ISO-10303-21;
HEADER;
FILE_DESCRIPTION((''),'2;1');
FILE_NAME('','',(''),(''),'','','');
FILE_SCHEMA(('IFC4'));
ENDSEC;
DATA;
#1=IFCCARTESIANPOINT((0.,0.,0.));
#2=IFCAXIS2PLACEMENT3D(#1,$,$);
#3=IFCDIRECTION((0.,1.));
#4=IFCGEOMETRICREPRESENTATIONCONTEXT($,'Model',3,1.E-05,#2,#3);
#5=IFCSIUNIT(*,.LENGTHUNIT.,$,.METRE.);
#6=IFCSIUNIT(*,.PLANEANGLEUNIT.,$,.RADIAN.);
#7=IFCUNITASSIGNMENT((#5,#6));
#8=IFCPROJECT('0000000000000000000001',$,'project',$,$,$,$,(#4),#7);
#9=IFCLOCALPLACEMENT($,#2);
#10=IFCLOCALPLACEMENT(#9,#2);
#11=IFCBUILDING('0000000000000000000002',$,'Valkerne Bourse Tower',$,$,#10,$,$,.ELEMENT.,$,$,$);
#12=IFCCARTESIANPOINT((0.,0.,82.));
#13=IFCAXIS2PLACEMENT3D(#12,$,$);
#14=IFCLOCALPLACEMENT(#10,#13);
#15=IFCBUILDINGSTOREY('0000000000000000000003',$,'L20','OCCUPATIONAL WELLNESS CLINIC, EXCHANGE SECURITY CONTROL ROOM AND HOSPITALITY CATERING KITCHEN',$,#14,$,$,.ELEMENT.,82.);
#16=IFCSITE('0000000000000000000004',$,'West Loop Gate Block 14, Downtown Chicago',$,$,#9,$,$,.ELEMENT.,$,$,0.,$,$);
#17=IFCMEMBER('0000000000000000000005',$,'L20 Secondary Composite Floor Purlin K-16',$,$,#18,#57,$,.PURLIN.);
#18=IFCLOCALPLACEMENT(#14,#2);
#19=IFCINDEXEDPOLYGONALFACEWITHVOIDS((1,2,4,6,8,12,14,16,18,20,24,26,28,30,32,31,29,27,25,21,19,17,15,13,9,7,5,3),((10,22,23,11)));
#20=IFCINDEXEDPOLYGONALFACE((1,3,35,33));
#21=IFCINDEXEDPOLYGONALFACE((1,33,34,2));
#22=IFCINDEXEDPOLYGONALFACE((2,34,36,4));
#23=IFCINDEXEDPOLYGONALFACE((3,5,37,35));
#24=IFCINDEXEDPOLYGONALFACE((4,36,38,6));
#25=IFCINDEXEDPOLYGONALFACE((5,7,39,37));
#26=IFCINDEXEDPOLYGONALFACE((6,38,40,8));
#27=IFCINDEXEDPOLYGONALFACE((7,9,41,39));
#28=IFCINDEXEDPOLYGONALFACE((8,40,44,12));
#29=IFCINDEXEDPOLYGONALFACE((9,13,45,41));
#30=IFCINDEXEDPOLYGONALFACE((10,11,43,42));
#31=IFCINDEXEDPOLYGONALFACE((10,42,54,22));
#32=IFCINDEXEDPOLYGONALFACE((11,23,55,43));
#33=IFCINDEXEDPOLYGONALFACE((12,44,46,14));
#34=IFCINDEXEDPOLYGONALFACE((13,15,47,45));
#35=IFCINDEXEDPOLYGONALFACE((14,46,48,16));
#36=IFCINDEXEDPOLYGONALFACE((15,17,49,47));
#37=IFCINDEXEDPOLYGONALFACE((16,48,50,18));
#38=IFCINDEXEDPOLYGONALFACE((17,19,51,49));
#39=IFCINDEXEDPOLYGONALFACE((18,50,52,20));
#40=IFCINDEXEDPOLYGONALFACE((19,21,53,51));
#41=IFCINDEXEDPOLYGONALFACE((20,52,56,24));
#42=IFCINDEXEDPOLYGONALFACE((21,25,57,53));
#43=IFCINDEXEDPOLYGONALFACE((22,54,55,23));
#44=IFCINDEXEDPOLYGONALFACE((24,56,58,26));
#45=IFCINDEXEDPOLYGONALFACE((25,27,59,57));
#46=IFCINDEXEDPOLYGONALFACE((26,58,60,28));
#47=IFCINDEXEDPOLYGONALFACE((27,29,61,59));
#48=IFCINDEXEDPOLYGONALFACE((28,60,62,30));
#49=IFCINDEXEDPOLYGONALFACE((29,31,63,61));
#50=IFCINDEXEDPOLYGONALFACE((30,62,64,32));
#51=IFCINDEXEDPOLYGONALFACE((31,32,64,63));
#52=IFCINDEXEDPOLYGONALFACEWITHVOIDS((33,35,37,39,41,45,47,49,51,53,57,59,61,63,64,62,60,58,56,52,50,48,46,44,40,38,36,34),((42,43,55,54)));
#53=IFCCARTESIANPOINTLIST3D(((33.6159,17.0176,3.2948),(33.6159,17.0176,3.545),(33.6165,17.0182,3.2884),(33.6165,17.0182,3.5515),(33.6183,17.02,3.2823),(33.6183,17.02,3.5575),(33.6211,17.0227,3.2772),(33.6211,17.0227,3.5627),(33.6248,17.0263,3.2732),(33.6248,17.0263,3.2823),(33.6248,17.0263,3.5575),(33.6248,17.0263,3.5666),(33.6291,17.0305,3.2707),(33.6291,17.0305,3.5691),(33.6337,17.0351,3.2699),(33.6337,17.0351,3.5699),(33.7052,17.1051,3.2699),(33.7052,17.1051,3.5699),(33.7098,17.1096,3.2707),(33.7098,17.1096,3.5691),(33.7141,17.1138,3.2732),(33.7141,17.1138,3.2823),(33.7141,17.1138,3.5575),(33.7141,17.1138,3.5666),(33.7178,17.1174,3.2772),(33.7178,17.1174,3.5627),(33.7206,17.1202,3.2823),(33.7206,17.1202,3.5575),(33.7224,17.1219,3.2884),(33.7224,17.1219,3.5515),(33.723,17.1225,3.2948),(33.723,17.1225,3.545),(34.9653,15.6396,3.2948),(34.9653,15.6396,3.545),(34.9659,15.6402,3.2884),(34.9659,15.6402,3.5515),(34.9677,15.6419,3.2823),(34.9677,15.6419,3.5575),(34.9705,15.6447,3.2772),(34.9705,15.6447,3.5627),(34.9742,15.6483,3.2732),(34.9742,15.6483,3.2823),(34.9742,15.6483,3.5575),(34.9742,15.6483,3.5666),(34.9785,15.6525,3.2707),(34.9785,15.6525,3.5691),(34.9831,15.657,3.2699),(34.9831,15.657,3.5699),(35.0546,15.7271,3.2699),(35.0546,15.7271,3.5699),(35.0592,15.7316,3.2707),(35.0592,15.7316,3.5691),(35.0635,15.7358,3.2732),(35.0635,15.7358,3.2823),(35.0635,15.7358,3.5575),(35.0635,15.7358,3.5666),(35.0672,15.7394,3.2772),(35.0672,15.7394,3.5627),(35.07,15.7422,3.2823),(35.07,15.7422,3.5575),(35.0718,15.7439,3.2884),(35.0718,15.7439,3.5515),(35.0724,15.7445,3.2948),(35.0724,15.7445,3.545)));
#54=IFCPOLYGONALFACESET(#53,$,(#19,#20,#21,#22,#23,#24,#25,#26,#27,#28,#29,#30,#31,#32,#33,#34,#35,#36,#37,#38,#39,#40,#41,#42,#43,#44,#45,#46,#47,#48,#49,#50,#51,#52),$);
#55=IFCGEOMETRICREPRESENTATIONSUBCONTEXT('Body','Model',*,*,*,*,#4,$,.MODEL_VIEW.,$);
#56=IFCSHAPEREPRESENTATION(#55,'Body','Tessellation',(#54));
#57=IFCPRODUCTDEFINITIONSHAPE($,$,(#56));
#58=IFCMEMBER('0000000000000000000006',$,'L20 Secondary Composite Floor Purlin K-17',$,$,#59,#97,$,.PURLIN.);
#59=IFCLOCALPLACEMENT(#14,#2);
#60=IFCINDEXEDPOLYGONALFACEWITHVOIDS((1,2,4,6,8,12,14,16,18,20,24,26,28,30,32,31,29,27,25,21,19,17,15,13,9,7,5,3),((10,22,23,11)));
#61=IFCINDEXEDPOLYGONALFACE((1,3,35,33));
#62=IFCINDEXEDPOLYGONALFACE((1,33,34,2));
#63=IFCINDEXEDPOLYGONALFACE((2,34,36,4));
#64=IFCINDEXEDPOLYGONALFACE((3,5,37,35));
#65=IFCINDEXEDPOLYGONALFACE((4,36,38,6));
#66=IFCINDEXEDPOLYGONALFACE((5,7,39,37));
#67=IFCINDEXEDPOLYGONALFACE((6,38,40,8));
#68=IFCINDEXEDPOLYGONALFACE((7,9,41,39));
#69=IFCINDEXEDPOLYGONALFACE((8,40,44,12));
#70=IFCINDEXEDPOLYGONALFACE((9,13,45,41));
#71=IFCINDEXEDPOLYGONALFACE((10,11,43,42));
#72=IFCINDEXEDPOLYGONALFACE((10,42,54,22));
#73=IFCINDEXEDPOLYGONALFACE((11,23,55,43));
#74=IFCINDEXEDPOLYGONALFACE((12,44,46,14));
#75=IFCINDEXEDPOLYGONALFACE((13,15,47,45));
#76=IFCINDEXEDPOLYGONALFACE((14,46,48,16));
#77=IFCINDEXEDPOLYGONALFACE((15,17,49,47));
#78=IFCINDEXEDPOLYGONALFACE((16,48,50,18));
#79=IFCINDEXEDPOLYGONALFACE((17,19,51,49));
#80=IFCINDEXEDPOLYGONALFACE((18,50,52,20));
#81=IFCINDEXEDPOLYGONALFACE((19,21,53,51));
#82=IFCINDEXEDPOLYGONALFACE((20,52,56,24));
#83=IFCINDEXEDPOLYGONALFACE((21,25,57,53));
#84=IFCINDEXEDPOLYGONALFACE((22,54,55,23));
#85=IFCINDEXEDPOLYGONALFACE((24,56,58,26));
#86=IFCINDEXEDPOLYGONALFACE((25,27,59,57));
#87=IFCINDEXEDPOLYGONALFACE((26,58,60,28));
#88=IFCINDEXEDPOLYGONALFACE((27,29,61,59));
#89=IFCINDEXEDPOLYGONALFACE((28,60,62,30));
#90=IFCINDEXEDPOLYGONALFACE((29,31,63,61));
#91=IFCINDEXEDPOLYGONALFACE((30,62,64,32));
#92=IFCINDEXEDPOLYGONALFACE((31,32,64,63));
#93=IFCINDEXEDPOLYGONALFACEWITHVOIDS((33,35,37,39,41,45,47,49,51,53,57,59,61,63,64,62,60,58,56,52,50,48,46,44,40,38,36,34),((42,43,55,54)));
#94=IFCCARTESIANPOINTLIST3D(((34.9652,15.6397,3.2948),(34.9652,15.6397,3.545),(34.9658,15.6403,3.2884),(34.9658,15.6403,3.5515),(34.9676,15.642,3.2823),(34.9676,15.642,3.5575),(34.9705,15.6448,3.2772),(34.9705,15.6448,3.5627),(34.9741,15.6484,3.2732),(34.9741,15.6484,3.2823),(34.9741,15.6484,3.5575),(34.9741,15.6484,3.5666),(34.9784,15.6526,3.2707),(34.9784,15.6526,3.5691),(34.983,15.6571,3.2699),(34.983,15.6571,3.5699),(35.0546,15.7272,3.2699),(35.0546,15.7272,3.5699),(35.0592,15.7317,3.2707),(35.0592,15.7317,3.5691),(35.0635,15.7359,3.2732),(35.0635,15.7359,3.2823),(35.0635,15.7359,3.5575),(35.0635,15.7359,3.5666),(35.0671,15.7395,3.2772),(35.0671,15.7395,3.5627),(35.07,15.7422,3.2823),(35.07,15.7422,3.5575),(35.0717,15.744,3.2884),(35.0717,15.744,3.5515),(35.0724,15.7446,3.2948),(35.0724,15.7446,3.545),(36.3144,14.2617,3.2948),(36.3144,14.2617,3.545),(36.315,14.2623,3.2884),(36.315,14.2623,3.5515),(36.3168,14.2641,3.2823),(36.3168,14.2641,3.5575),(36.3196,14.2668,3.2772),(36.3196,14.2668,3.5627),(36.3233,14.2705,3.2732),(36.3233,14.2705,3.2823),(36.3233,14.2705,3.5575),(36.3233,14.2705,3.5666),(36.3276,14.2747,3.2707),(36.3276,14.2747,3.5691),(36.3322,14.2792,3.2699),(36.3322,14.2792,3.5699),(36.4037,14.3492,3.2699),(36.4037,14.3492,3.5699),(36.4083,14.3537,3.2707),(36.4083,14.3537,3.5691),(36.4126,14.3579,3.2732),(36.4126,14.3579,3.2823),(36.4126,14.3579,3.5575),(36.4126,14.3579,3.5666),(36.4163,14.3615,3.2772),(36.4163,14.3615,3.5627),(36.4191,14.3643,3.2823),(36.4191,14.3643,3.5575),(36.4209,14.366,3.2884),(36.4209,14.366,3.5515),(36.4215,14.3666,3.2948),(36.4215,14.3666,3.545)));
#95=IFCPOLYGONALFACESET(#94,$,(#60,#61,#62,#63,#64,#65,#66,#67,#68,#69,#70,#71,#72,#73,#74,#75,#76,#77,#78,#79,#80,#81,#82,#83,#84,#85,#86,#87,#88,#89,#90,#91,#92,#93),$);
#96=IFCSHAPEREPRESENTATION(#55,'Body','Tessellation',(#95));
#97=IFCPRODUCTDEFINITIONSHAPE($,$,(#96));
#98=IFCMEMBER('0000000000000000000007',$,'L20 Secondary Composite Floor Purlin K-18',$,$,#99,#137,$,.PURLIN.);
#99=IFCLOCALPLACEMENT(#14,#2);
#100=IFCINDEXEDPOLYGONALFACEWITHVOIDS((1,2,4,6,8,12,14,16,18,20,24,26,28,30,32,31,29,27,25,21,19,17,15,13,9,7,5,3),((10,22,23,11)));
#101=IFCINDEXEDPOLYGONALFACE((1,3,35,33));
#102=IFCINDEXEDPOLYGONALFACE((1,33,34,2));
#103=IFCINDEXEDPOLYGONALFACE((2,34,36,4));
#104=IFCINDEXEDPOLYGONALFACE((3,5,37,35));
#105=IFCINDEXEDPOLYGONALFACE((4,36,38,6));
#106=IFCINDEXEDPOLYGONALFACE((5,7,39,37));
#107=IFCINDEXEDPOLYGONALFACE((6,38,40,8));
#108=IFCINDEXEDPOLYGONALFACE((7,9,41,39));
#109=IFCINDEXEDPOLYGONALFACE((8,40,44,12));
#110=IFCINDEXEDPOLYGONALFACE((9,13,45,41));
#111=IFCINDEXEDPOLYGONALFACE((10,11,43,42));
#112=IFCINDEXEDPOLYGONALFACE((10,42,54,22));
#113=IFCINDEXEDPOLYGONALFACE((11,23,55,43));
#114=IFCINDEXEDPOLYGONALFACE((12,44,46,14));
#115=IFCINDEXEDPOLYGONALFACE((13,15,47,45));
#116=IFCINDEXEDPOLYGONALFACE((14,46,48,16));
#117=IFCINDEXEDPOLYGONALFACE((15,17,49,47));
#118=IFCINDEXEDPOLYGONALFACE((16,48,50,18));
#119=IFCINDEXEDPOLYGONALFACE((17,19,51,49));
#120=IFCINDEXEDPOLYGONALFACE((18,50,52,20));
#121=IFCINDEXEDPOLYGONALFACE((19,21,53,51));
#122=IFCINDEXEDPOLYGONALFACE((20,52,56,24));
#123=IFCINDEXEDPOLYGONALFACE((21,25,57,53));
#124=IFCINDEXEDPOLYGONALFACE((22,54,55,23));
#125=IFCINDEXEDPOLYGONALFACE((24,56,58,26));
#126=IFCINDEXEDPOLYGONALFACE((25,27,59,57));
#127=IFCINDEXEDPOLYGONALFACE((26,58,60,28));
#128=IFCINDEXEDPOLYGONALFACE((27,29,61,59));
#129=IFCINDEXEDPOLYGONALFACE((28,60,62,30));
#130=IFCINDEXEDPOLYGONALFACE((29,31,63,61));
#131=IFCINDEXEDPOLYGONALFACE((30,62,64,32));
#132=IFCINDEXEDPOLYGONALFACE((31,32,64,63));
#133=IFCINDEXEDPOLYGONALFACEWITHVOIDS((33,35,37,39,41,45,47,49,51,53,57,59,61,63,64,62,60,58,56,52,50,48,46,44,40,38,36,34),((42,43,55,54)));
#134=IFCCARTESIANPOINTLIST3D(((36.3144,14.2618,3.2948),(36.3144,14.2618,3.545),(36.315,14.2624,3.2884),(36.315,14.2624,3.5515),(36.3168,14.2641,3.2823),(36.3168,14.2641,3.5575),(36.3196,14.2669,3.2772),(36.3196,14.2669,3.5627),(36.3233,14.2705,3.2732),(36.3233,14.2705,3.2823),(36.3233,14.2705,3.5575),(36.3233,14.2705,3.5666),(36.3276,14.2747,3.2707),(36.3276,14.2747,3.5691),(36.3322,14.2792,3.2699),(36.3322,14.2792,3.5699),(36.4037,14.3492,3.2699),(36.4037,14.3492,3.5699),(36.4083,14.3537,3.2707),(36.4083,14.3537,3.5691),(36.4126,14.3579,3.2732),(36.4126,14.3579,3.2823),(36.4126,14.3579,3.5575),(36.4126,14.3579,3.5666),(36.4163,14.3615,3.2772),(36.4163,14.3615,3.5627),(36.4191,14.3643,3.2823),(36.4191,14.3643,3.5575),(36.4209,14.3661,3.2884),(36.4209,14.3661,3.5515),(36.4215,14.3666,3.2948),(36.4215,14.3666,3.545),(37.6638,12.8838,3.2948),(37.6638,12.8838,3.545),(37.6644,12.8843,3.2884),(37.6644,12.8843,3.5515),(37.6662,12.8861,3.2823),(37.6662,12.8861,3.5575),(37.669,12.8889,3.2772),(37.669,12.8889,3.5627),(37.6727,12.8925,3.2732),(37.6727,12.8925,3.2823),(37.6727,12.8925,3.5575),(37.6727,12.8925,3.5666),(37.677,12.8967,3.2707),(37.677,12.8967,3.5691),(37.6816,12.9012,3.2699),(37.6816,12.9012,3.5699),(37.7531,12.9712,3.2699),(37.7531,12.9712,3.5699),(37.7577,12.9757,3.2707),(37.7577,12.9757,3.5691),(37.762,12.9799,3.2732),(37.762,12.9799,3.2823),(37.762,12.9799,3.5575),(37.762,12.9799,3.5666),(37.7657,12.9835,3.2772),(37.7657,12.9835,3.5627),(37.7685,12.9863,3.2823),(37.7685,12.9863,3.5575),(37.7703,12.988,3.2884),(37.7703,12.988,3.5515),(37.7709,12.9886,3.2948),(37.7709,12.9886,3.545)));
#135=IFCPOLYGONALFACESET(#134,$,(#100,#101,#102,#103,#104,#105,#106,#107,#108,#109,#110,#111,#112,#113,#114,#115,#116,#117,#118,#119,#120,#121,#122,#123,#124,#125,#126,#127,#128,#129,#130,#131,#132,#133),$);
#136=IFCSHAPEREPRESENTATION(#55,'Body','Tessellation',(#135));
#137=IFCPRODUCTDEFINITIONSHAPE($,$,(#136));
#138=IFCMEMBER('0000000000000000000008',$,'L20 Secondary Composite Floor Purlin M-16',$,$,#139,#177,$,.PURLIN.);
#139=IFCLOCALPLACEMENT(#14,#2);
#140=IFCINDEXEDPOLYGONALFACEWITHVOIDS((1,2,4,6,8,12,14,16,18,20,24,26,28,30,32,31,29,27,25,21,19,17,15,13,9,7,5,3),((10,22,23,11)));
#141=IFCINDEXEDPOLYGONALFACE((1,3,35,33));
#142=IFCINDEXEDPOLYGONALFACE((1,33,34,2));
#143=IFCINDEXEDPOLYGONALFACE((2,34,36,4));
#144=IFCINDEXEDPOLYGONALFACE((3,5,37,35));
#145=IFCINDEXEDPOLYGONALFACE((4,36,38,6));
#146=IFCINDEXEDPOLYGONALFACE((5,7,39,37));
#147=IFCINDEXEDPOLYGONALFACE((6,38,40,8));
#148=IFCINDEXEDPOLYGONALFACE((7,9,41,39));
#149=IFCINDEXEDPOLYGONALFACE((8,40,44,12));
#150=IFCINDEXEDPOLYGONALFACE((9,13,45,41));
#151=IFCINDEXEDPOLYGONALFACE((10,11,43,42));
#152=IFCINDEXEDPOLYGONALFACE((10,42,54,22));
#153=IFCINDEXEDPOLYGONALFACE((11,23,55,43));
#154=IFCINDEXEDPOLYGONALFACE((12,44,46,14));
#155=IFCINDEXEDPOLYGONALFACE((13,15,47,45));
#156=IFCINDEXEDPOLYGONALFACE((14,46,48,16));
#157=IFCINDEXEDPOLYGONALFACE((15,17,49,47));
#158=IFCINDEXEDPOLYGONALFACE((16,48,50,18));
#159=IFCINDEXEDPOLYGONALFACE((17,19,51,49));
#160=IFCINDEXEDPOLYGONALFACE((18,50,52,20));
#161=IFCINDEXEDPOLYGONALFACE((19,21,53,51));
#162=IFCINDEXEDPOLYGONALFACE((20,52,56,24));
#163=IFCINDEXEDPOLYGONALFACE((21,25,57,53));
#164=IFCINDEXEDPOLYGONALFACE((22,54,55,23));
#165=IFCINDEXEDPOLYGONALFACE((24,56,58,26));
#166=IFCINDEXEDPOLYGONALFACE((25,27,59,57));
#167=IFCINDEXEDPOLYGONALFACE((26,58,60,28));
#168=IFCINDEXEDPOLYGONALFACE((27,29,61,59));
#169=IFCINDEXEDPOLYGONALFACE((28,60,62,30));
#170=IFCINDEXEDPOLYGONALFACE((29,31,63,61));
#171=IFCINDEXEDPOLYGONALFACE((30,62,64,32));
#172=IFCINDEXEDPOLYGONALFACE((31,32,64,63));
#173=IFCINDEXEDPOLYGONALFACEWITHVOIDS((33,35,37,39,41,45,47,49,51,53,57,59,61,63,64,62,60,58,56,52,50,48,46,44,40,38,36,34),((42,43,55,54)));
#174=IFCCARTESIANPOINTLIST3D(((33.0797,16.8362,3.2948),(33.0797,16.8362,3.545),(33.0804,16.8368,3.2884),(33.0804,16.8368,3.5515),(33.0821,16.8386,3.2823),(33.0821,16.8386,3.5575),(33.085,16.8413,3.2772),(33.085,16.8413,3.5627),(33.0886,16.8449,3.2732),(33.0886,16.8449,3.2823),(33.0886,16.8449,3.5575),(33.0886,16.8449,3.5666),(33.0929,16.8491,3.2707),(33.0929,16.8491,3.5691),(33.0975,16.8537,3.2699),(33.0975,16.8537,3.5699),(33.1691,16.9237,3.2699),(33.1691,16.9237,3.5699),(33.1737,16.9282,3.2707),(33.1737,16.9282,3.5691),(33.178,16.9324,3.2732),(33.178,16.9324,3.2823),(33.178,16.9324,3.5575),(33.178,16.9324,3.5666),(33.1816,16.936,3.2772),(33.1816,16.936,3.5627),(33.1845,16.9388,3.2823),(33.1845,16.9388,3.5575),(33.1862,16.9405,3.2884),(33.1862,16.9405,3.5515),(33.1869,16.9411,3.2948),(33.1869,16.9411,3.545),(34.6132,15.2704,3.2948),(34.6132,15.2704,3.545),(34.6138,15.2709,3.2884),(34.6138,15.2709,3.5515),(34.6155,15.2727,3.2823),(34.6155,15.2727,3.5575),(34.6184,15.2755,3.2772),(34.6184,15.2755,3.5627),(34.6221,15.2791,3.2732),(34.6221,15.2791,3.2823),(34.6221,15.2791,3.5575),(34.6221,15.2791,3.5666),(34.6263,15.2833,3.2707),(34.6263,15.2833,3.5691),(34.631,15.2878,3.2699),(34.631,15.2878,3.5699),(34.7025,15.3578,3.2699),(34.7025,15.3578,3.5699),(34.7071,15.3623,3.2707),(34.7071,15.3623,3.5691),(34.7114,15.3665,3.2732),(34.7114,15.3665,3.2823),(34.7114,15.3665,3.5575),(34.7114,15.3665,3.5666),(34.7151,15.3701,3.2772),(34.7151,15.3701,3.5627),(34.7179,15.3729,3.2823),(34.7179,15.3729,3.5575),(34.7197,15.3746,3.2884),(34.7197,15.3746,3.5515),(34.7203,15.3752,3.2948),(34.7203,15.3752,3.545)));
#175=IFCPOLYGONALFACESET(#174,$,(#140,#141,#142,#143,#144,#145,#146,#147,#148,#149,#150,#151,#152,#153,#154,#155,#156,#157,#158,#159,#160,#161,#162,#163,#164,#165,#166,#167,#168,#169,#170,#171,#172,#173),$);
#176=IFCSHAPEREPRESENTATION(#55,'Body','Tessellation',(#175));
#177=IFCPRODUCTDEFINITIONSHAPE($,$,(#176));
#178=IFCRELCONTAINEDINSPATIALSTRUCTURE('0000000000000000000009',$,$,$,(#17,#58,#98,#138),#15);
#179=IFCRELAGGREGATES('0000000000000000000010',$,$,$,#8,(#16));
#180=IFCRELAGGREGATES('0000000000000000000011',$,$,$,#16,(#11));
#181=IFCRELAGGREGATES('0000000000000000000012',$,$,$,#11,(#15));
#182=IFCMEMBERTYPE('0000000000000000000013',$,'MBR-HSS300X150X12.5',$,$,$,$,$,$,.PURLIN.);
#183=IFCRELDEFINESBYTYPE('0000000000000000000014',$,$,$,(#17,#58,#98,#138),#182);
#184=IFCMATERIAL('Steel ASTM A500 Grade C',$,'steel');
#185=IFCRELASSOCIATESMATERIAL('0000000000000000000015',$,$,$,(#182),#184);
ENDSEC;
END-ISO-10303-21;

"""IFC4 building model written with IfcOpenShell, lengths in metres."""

from ifc_helpers import new_model, si_unit, direction, frame, origin, origin_2d, place, context, subcontext, project, spatial, hollow_rectangle, extrude, material, material_profile, profile_set, type_object, element, save


model = new_model("IFC4")

# Units and contexts
model_context = context("Model", 3, precision=1e-05, world=origin(), true_north=direction((0.0, 1.0)))
body_context = subcontext(model_context, "Body", "Model", "MODEL_VIEW")
ifc_project = project(units=[si_unit("LENGTHUNIT", "METRE"), si_unit("PLANEANGLEUNIT", "RADIAN")], contexts=[model_context])

# Site, building, storey
site_placement = place(None, origin())
site = spatial("IfcSite", under=ifc_project, at=site_placement, Name="West Loop Gate Block 14, Downtown Chicago", CompositionType="ELEMENT", RefElevation=0.0)
building_placement = place(site_placement, origin())
building = spatial("IfcBuilding", under=site, at=building_placement, Name="Valkerne Bourse Tower", CompositionType="ELEMENT")
storey_placement = place(building_placement, frame((0.0, 0.0, 82.0)))
storey = spatial("IfcBuildingStorey", under=building, at=storey_placement, Name="L20", Description="OCCUPATIONAL WELLNESS CLINIC, EXCHANGE SECURITY CONTROL ROOM AND HOSPITALITY CATERING KITCHEN", CompositionType="ELEMENT", Elevation=82.0)

# Members
ifc_material_1 = material(Name="Steel ASTM A500 Grade C", Category="steel")
ifc_material_profile_1 = material_profile(ifc_material_1, hollow_rectangle(XDim=0.1499, YDim=0.3, WallThickness=0.0125, OuterFilletRadius=0.0249, at=origin_2d()), Name="HSS300X150X12.5")
ifc_profile_set_1 = profile_set([ifc_material_profile_1], Name="Steel ASTM A500 Grade C")
member_type_1 = type_object("IfcMemberType", Name="MBR-HSS300X150X12.5", PredefinedType="PURLIN", material=ifc_profile_set_1)
for number, where, z_axis, x_axis, name in (
    (1, (33.6694, 17.0701, 3.4199), (0.699662, -0.714474, 0.0), (0.714474, 0.699662, 0.0), "L20 Secondary Composite Floor Purlin K-16"),
):
    element("IfcMember", number, at=place(storey_placement, frame(where, z_axis=z_axis, x_axis=x_axis)), inside=storey, type_object=member_type_1, Name=name, PredefinedType="PURLIN", context=body_context, shape_type="SweptSolid", body=[
        extrude(hollow_rectangle(XDim=0.1499, YDim=0.3, WallThickness=0.0125, OuterFilletRadius=0.0249, at=origin_2d()), origin(), (0.0, 0.0, 1.0), 1.9287),
    ])
member_1_placement = place(storey_placement, frame((35.0188, 15.6921, 3.4199), z_axis=(0.699598, -0.714537, 0.0), x_axis=(0.714537, 0.699598, 0.0)))
element("IfcMember", 2, at=member_1_placement, inside=storey, type_object=member_type_1, Name="L20 Secondary Composite Floor Purlin K-17", PredefinedType="PURLIN", context=body_context, shape_type="SweptSolid", body=[
    extrude(hollow_rectangle(XDim=0.1499, YDim=0.3, WallThickness=0.0125, OuterFilletRadius=0.0249, at=origin_2d()), origin(), (0.0, 0.0, 1.0), 1.9285),
])
member_2_placement = place(storey_placement, frame((36.3679, 14.3142, 3.4199), z_axis=(0.699662, -0.714474, 0.0), x_axis=(0.714474, 0.699662, 0.0)))
element("IfcMember", 3, at=member_2_placement, inside=storey, type_object=member_type_1, Name="L20 Secondary Composite Floor Purlin K-18", PredefinedType="PURLIN", context=body_context, shape_type="SweptSolid", body=[
    extrude(hollow_rectangle(XDim=0.1499, YDim=0.3, WallThickness=0.0125, OuterFilletRadius=0.0249, at=origin_2d()), origin(), (0.0, 0.0, 1.0), 1.9287),
])
member_3_placement = place(storey_placement, frame((33.1333, 16.8887, 3.4199), z_axis=(0.69966, -0.714476, 0.0), x_axis=(0.714476, 0.69966, 0.0)))
element("IfcMember", 4, at=member_3_placement, inside=storey, type_object=member_type_1, Name="L20 Secondary Composite Floor Purlin M-16", PredefinedType="PURLIN", context=body_context, shape_type="SweptSolid", body=[
    extrude(hollow_rectangle(XDim=0.1499, YDim=0.3, WallThickness=0.0125, OuterFilletRadius=0.0249, at=origin_2d()), origin(), (0.0, 0.0, 1.0), 2.1917),
])

save(model, "model.ifc")
